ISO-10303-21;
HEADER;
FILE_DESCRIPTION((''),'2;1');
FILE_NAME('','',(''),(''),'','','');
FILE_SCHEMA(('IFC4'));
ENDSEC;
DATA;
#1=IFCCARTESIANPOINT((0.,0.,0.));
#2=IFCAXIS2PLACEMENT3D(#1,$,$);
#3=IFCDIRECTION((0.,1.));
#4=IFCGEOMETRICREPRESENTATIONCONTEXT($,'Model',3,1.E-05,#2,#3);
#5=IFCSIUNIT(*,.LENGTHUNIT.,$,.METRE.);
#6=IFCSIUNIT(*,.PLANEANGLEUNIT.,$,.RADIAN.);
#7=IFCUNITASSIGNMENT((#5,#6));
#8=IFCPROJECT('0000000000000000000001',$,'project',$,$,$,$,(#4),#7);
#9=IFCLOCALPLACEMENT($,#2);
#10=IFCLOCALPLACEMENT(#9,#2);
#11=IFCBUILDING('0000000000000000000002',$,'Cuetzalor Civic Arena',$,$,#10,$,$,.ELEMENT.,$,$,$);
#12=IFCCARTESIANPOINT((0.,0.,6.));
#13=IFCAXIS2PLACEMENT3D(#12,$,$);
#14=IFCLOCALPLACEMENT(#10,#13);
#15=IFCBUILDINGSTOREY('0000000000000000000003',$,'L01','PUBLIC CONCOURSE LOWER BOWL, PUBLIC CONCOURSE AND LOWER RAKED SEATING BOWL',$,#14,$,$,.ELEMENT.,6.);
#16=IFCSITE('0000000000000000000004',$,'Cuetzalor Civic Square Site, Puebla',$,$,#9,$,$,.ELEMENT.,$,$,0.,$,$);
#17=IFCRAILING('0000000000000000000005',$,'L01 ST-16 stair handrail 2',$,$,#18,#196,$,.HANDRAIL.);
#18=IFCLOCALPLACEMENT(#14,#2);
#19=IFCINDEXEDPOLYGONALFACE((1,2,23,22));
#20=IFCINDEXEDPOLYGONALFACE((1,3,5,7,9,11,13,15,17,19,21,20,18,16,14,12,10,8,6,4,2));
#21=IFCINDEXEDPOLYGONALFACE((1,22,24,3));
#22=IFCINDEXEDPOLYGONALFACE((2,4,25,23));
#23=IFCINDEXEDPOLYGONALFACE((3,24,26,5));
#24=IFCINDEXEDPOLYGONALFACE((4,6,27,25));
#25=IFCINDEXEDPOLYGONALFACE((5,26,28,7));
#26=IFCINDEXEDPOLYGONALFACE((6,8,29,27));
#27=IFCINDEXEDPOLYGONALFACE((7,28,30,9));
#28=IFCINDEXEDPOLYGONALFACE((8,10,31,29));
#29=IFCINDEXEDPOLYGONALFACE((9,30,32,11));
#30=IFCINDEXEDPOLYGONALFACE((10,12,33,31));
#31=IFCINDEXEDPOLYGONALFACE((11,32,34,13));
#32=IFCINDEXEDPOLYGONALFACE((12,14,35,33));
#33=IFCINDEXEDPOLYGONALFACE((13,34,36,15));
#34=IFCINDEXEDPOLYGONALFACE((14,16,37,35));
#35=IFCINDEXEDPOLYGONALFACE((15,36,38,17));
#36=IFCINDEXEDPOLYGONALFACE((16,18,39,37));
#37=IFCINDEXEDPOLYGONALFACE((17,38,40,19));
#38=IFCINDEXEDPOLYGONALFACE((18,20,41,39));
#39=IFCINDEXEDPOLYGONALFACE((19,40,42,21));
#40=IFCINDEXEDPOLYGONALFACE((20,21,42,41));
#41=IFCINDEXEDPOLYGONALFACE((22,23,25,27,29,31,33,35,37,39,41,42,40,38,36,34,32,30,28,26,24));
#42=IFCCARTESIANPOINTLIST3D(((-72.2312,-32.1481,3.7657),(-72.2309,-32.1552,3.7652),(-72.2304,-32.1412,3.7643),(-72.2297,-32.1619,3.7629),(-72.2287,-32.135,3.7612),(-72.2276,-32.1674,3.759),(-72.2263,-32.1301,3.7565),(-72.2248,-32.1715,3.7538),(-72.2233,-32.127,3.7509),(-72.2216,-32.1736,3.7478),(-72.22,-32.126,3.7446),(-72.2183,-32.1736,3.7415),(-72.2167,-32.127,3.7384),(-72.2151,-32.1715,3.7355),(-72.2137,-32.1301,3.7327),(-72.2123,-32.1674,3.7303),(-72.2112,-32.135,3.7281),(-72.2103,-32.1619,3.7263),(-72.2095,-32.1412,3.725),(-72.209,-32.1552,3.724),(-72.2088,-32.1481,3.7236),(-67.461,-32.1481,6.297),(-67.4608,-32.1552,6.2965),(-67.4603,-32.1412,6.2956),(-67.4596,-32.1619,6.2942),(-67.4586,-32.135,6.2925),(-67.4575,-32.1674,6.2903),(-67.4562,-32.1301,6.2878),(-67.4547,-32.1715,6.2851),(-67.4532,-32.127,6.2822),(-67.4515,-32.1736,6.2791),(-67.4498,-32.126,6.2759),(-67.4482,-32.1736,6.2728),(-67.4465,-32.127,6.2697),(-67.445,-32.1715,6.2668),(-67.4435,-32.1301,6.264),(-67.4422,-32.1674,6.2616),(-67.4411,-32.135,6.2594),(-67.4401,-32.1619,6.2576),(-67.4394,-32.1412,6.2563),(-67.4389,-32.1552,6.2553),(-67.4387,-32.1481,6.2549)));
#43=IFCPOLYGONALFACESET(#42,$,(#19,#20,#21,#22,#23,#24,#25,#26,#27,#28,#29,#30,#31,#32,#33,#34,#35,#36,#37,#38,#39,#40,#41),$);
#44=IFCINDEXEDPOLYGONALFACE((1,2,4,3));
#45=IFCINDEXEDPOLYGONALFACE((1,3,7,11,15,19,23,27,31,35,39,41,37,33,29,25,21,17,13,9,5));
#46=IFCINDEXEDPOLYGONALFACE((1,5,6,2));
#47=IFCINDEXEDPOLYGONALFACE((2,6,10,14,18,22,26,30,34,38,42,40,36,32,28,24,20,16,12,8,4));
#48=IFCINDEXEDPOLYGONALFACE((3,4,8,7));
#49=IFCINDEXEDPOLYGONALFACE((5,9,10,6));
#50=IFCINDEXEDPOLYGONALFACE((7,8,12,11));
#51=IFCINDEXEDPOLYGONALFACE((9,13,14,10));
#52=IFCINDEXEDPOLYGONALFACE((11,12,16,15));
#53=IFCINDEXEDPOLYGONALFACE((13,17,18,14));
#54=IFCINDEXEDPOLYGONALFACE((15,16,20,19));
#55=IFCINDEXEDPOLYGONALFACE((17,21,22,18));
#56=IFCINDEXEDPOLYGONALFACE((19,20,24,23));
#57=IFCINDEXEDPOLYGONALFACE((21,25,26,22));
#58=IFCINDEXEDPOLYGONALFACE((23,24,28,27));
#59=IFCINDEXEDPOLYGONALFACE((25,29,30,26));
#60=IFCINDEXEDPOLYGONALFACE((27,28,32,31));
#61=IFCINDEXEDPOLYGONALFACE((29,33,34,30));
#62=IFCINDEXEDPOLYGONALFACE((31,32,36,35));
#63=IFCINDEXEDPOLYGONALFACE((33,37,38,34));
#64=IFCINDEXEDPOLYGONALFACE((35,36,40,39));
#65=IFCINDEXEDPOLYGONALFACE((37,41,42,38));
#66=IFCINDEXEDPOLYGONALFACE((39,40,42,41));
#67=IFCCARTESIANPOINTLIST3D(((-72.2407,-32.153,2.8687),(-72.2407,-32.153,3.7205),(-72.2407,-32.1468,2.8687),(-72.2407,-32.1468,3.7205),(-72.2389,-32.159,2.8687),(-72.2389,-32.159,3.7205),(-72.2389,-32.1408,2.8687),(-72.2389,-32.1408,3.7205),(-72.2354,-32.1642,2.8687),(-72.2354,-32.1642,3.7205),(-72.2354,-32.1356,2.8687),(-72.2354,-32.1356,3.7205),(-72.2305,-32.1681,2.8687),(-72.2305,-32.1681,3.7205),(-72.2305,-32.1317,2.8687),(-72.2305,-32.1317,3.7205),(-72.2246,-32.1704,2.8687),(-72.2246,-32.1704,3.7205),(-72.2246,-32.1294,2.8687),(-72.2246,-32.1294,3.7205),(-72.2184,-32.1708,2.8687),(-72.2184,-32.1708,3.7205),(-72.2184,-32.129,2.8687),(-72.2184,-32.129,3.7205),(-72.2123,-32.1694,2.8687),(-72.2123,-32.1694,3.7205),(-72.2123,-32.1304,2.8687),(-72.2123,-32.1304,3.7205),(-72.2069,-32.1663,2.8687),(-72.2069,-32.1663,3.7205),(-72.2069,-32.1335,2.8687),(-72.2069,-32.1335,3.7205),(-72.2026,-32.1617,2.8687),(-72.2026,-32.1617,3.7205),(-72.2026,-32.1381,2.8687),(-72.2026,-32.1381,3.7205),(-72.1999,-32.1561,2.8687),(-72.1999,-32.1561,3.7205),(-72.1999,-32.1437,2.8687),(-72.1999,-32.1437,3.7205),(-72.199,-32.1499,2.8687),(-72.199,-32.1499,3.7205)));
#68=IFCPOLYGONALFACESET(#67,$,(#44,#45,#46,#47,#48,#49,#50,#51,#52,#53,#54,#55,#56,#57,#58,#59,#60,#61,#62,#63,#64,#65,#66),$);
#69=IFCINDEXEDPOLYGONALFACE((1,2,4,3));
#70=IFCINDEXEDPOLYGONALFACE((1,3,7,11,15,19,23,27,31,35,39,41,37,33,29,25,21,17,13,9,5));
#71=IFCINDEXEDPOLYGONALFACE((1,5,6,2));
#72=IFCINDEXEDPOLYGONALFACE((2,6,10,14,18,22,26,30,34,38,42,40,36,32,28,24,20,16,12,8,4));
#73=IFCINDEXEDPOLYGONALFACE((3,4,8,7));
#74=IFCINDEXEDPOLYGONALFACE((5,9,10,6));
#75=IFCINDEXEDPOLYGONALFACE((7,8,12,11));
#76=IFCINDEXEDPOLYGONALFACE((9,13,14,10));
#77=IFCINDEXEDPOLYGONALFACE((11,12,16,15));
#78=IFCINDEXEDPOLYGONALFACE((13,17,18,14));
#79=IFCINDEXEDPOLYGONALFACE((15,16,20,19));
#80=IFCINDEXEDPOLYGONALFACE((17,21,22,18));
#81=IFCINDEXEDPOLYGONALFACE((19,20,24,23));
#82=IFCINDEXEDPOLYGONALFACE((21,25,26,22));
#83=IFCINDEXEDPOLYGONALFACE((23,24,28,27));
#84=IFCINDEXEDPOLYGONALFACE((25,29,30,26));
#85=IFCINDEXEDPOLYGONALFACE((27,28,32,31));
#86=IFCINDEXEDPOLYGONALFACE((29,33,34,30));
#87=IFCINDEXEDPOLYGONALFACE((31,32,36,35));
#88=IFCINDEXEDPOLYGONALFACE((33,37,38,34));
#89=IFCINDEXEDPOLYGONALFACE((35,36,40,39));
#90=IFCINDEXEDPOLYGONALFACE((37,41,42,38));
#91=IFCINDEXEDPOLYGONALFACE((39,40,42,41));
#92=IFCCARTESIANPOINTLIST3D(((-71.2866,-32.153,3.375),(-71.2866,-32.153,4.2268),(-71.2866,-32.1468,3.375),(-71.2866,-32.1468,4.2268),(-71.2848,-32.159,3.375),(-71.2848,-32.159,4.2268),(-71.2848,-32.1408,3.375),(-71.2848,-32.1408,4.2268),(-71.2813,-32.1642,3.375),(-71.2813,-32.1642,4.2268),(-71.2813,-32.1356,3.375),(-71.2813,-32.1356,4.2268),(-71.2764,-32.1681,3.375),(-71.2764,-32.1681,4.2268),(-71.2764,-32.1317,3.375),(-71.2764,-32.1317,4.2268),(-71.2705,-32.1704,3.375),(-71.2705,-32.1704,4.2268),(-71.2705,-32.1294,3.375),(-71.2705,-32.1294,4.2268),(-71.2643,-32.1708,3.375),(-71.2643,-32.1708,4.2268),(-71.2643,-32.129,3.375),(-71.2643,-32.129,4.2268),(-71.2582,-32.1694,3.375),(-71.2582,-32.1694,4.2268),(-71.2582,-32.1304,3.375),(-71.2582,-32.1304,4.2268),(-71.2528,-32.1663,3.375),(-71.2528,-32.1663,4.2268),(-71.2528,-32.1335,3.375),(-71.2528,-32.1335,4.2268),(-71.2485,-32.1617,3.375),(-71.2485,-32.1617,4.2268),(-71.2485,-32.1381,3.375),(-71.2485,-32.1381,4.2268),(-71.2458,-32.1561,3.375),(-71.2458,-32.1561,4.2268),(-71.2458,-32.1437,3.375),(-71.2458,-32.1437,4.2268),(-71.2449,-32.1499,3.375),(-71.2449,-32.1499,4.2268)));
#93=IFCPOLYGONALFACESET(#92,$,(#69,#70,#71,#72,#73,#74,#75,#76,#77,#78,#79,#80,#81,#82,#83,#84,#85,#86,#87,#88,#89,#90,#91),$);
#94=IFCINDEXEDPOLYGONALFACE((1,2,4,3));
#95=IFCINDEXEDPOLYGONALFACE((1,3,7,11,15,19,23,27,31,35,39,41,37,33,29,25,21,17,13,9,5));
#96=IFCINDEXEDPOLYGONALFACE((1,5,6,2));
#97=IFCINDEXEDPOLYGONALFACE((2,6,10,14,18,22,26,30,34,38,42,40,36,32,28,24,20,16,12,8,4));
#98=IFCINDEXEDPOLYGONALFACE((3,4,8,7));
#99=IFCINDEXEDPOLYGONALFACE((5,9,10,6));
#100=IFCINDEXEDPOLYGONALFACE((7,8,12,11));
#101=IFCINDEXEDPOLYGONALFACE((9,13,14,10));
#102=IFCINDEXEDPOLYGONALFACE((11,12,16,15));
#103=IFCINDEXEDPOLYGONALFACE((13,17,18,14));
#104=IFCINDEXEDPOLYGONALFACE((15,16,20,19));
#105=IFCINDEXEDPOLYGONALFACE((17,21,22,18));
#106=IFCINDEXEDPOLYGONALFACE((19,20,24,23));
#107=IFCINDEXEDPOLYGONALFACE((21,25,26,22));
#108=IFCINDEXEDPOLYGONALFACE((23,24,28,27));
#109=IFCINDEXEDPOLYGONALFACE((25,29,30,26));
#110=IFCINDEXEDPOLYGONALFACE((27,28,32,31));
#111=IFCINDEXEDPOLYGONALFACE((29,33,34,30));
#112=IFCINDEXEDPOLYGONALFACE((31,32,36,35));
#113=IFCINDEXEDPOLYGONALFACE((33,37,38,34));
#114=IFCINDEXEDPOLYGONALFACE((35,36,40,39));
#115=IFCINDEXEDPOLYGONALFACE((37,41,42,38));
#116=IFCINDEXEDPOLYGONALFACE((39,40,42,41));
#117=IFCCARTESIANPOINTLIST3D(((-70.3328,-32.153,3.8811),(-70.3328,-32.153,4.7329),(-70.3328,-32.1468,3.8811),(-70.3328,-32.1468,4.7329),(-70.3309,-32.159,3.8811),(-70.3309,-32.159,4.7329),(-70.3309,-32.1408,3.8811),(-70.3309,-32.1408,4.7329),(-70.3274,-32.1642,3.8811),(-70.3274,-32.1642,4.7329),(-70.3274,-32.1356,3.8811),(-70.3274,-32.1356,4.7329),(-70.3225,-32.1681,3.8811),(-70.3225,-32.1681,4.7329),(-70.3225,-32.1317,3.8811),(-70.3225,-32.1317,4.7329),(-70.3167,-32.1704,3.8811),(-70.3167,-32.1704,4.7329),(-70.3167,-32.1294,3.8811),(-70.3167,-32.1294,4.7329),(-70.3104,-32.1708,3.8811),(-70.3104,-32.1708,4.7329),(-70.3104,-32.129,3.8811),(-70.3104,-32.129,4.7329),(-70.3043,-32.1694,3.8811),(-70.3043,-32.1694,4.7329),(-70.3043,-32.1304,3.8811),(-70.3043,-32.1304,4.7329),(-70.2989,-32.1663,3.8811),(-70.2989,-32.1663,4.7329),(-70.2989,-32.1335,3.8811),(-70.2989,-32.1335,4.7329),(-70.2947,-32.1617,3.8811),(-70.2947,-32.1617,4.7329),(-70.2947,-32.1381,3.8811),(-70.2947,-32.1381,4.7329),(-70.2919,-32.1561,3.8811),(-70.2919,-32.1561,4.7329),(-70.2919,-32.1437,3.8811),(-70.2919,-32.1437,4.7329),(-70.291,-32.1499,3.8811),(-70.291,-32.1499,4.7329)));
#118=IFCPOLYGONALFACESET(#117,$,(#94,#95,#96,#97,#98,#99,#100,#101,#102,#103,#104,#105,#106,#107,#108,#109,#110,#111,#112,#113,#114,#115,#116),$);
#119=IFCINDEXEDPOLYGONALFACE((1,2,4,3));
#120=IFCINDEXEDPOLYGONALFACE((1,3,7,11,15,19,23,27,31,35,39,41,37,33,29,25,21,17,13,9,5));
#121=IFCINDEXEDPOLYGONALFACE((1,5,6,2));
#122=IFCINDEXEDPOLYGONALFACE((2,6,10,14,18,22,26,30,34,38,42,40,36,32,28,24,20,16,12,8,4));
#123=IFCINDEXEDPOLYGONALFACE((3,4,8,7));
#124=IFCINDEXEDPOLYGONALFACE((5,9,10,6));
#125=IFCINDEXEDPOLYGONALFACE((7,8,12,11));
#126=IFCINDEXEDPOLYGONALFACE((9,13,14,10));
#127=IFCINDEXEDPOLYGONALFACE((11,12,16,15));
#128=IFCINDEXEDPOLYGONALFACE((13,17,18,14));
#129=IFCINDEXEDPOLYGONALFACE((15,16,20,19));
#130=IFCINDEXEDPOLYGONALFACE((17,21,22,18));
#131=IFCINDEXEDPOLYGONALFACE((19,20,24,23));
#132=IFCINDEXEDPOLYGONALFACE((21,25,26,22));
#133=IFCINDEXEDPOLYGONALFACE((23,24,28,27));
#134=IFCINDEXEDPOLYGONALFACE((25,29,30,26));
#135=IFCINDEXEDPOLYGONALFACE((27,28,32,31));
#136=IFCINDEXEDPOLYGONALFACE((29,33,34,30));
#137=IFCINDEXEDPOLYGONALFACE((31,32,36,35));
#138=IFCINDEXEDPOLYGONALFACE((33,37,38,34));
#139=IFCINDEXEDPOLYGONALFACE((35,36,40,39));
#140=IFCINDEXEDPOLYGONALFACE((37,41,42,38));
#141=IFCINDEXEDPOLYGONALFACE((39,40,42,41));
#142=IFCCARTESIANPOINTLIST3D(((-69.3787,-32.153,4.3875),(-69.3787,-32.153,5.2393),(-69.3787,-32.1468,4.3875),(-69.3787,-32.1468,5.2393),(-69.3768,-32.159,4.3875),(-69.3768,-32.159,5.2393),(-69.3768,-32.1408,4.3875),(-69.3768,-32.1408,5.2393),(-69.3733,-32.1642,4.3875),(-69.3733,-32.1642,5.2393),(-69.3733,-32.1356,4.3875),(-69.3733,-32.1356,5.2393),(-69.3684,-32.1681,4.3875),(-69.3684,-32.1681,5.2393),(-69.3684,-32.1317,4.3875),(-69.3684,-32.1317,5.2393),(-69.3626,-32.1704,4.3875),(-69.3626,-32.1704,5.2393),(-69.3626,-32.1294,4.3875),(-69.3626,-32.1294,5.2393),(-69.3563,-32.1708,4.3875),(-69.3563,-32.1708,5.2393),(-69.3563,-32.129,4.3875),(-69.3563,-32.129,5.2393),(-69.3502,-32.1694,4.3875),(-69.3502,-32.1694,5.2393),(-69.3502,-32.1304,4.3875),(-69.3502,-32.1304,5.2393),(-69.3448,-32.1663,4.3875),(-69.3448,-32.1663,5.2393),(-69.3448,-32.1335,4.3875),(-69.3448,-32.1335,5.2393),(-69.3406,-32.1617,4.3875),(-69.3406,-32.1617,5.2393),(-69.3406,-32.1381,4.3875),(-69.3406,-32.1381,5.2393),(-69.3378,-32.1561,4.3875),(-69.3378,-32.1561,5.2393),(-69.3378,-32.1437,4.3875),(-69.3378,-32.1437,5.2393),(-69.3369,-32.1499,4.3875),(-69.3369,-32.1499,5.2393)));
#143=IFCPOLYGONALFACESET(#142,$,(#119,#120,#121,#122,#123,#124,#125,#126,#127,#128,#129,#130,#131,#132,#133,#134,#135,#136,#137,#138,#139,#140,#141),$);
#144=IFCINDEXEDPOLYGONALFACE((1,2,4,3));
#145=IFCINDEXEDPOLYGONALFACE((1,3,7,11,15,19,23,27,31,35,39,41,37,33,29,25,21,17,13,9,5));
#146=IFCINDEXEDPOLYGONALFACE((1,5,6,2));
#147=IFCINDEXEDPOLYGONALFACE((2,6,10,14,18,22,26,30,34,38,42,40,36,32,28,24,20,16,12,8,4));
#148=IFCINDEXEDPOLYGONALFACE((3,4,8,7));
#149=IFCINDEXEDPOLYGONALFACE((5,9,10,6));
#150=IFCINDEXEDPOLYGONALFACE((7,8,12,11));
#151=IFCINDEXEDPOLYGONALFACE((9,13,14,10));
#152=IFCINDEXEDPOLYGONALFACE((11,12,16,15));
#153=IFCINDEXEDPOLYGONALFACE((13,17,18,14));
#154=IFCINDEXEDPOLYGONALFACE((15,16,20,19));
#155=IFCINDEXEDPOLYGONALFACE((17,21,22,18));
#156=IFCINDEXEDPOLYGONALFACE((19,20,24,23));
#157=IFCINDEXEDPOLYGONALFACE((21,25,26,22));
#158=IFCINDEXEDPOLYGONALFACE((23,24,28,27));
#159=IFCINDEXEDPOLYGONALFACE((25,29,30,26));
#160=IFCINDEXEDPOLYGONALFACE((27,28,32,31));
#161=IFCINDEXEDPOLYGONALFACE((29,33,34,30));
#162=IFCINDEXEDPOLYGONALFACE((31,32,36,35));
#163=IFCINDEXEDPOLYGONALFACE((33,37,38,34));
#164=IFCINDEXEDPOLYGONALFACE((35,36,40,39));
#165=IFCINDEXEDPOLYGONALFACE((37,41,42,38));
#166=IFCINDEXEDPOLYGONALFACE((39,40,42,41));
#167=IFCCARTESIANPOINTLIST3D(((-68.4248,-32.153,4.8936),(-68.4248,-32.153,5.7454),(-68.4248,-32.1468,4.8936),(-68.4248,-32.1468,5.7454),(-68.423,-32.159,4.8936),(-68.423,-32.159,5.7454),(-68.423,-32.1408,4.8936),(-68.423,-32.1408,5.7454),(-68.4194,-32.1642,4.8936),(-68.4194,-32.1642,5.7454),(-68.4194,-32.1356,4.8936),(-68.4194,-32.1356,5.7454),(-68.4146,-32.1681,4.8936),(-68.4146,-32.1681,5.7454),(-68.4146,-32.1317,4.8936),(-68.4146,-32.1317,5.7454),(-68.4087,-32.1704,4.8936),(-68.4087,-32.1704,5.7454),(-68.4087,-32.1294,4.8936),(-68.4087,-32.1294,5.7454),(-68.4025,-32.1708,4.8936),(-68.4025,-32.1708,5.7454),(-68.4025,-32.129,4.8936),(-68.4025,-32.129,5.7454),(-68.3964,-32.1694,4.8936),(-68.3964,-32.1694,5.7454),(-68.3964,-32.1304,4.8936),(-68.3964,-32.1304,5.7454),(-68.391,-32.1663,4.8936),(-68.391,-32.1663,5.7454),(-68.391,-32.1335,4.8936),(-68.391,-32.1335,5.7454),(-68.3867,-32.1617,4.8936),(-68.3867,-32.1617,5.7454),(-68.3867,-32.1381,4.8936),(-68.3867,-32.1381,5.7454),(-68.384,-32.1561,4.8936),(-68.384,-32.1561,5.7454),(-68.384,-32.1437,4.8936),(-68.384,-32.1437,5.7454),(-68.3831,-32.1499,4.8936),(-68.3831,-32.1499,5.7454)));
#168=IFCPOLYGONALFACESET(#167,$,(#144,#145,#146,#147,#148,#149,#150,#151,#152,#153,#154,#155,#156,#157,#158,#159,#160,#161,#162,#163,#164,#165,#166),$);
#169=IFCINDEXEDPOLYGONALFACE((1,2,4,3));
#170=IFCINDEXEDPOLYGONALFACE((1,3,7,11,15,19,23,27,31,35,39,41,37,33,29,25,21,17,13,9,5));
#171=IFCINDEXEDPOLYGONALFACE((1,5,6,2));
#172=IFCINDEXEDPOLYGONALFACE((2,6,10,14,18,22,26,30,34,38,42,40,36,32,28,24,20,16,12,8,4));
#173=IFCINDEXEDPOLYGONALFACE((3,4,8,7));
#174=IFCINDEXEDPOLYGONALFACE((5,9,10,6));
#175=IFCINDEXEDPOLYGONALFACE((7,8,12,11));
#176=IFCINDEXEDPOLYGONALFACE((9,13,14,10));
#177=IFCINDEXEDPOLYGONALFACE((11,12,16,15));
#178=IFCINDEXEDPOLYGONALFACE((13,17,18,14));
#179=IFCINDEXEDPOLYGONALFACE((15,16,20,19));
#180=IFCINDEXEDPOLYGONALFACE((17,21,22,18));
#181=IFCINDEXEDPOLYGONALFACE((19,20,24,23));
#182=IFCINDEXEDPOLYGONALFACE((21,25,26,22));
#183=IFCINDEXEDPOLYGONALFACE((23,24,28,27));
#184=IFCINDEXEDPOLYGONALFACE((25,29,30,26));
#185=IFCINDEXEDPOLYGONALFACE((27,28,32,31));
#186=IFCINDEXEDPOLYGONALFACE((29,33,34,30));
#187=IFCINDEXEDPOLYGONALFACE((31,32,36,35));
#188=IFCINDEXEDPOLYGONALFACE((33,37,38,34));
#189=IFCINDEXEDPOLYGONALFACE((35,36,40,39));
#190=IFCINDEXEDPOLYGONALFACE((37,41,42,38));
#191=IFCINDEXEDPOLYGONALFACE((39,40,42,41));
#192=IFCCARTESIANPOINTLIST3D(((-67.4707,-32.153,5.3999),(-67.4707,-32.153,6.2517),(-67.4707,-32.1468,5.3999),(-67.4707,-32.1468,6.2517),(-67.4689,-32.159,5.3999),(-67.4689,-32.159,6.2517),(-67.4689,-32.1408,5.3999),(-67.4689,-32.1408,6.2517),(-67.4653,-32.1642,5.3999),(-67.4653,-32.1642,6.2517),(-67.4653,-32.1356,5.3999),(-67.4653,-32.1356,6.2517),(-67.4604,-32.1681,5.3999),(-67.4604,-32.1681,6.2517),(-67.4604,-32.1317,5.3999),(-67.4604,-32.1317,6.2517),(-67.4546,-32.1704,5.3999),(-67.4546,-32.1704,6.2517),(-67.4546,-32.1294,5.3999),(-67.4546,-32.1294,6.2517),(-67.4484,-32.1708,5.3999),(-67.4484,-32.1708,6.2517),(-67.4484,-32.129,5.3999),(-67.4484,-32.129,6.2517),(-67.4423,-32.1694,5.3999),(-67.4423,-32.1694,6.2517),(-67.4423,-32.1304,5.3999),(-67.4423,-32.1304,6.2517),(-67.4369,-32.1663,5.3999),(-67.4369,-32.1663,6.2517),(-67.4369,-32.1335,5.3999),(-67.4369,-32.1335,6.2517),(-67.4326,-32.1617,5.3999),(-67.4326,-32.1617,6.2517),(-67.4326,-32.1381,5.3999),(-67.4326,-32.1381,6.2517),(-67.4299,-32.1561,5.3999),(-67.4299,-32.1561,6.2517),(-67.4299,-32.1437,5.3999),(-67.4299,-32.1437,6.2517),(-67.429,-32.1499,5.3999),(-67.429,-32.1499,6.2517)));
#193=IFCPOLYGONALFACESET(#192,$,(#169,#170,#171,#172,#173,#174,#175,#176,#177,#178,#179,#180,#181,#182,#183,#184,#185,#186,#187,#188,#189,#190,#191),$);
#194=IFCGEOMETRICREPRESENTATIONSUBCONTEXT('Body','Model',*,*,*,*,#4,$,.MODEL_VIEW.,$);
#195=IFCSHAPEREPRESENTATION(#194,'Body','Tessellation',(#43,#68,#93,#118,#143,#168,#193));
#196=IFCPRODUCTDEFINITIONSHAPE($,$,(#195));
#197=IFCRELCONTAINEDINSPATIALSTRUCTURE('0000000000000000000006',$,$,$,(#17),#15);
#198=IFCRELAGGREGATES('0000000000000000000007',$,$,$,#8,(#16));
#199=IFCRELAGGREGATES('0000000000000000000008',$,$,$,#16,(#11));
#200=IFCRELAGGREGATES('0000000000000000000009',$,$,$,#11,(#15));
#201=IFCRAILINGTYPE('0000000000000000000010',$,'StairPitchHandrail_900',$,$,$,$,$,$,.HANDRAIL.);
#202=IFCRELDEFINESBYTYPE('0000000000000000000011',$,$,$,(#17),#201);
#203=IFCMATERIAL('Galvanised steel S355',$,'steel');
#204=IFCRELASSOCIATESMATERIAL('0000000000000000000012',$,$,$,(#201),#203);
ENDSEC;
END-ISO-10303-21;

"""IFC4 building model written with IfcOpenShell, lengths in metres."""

from ifc_helpers import new_model, si_unit, direction, frame, origin, origin_2d, place, context, subcontext, project, spatial, circle, extrude, material, type_object, element, save


model = new_model("IFC4")

# Units and contexts
model_context = context("Model", 3, precision=1e-05, world=origin(), true_north=direction((0.0, 1.0)))
body_context = subcontext(model_context, "Body", "Model", "MODEL_VIEW")
ifc_project = project(units=[si_unit("LENGTHUNIT", "METRE"), si_unit("PLANEANGLEUNIT", "RADIAN")], contexts=[model_context])

# Site, building, storey
site_placement = place(None, origin())
site = spatial("IfcSite", under=ifc_project, at=site_placement, Name="Cuetzalor Civic Square Site, Puebla", CompositionType="ELEMENT", RefElevation=0.0)
building_placement = place(site_placement, origin())
building = spatial("IfcBuilding", under=site, at=building_placement, Name="Cuetzalor Civic Arena", CompositionType="ELEMENT")
storey_placement = place(building_placement, frame((0.0, 0.0, 6.0)))
storey = spatial("IfcBuildingStorey", under=building, at=storey_placement, Name="L01", Description="PUBLIC CONCOURSE LOWER BOWL, PUBLIC CONCOURSE AND LOWER RAKED SEATING BOWL", CompositionType="ELEMENT", Elevation=6.0)

# Railing
ifc_material_1 = material(Name="Galvanised steel S355", Category="steel")
railing_type_1 = type_object("IfcRailingType", Name="StairPitchHandrail_900", PredefinedType="HANDRAIL", material=ifc_material_1)
for number, where, name in (
    (1, (-72.22, -32.1499, 2.8687), "L01 ST-16 stair handrail 2"),
):
    element("IfcRailing", number, at=place(storey_placement, frame(where)), inside=storey, type_object=railing_type_1, Name=name, PredefinedType="HANDRAIL", context=body_context, shape_type="SweptSolid", body=[
        extrude(circle(Radius=0.0239, at=origin_2d()), frame((0.0, 0.0, 0.876), z_axis=(0.883332, 0.0, 0.468747), x_axis=(0.0, 1.0, 0.0)), (0.0, 0.0, 1.0), 5.4001),
        extrude(circle(Radius=0.021, at=origin_2d()), origin(), (0.0, 0.0, 1.0), 0.8518),
        extrude(circle(Radius=0.021, at=origin_2d()), frame((0.9541, 0.0, 0.5063)), (0.0, 0.0, 1.0), 0.8518),
        extrude(circle(Radius=0.021, at=origin_2d()), frame((1.908, 0.0, 1.0125)), (0.0, 0.0, 1.0), 0.8518),
        extrude(circle(Radius=0.021, at=origin_2d()), frame((2.8621, 0.0, 1.5188)), (0.0, 0.0, 1.0), 0.8518),
        extrude(circle(Radius=0.021, at=origin_2d()), frame((3.8159, 0.0, 2.0249)), (0.0, 0.0, 1.0), 0.8518),
        extrude(circle(Radius=0.021, at=origin_2d()), frame((4.77, 0.0, 2.5312)), (0.0, 0.0, 1.0), 0.8518),
    ])

save(model, "model.ifc")
